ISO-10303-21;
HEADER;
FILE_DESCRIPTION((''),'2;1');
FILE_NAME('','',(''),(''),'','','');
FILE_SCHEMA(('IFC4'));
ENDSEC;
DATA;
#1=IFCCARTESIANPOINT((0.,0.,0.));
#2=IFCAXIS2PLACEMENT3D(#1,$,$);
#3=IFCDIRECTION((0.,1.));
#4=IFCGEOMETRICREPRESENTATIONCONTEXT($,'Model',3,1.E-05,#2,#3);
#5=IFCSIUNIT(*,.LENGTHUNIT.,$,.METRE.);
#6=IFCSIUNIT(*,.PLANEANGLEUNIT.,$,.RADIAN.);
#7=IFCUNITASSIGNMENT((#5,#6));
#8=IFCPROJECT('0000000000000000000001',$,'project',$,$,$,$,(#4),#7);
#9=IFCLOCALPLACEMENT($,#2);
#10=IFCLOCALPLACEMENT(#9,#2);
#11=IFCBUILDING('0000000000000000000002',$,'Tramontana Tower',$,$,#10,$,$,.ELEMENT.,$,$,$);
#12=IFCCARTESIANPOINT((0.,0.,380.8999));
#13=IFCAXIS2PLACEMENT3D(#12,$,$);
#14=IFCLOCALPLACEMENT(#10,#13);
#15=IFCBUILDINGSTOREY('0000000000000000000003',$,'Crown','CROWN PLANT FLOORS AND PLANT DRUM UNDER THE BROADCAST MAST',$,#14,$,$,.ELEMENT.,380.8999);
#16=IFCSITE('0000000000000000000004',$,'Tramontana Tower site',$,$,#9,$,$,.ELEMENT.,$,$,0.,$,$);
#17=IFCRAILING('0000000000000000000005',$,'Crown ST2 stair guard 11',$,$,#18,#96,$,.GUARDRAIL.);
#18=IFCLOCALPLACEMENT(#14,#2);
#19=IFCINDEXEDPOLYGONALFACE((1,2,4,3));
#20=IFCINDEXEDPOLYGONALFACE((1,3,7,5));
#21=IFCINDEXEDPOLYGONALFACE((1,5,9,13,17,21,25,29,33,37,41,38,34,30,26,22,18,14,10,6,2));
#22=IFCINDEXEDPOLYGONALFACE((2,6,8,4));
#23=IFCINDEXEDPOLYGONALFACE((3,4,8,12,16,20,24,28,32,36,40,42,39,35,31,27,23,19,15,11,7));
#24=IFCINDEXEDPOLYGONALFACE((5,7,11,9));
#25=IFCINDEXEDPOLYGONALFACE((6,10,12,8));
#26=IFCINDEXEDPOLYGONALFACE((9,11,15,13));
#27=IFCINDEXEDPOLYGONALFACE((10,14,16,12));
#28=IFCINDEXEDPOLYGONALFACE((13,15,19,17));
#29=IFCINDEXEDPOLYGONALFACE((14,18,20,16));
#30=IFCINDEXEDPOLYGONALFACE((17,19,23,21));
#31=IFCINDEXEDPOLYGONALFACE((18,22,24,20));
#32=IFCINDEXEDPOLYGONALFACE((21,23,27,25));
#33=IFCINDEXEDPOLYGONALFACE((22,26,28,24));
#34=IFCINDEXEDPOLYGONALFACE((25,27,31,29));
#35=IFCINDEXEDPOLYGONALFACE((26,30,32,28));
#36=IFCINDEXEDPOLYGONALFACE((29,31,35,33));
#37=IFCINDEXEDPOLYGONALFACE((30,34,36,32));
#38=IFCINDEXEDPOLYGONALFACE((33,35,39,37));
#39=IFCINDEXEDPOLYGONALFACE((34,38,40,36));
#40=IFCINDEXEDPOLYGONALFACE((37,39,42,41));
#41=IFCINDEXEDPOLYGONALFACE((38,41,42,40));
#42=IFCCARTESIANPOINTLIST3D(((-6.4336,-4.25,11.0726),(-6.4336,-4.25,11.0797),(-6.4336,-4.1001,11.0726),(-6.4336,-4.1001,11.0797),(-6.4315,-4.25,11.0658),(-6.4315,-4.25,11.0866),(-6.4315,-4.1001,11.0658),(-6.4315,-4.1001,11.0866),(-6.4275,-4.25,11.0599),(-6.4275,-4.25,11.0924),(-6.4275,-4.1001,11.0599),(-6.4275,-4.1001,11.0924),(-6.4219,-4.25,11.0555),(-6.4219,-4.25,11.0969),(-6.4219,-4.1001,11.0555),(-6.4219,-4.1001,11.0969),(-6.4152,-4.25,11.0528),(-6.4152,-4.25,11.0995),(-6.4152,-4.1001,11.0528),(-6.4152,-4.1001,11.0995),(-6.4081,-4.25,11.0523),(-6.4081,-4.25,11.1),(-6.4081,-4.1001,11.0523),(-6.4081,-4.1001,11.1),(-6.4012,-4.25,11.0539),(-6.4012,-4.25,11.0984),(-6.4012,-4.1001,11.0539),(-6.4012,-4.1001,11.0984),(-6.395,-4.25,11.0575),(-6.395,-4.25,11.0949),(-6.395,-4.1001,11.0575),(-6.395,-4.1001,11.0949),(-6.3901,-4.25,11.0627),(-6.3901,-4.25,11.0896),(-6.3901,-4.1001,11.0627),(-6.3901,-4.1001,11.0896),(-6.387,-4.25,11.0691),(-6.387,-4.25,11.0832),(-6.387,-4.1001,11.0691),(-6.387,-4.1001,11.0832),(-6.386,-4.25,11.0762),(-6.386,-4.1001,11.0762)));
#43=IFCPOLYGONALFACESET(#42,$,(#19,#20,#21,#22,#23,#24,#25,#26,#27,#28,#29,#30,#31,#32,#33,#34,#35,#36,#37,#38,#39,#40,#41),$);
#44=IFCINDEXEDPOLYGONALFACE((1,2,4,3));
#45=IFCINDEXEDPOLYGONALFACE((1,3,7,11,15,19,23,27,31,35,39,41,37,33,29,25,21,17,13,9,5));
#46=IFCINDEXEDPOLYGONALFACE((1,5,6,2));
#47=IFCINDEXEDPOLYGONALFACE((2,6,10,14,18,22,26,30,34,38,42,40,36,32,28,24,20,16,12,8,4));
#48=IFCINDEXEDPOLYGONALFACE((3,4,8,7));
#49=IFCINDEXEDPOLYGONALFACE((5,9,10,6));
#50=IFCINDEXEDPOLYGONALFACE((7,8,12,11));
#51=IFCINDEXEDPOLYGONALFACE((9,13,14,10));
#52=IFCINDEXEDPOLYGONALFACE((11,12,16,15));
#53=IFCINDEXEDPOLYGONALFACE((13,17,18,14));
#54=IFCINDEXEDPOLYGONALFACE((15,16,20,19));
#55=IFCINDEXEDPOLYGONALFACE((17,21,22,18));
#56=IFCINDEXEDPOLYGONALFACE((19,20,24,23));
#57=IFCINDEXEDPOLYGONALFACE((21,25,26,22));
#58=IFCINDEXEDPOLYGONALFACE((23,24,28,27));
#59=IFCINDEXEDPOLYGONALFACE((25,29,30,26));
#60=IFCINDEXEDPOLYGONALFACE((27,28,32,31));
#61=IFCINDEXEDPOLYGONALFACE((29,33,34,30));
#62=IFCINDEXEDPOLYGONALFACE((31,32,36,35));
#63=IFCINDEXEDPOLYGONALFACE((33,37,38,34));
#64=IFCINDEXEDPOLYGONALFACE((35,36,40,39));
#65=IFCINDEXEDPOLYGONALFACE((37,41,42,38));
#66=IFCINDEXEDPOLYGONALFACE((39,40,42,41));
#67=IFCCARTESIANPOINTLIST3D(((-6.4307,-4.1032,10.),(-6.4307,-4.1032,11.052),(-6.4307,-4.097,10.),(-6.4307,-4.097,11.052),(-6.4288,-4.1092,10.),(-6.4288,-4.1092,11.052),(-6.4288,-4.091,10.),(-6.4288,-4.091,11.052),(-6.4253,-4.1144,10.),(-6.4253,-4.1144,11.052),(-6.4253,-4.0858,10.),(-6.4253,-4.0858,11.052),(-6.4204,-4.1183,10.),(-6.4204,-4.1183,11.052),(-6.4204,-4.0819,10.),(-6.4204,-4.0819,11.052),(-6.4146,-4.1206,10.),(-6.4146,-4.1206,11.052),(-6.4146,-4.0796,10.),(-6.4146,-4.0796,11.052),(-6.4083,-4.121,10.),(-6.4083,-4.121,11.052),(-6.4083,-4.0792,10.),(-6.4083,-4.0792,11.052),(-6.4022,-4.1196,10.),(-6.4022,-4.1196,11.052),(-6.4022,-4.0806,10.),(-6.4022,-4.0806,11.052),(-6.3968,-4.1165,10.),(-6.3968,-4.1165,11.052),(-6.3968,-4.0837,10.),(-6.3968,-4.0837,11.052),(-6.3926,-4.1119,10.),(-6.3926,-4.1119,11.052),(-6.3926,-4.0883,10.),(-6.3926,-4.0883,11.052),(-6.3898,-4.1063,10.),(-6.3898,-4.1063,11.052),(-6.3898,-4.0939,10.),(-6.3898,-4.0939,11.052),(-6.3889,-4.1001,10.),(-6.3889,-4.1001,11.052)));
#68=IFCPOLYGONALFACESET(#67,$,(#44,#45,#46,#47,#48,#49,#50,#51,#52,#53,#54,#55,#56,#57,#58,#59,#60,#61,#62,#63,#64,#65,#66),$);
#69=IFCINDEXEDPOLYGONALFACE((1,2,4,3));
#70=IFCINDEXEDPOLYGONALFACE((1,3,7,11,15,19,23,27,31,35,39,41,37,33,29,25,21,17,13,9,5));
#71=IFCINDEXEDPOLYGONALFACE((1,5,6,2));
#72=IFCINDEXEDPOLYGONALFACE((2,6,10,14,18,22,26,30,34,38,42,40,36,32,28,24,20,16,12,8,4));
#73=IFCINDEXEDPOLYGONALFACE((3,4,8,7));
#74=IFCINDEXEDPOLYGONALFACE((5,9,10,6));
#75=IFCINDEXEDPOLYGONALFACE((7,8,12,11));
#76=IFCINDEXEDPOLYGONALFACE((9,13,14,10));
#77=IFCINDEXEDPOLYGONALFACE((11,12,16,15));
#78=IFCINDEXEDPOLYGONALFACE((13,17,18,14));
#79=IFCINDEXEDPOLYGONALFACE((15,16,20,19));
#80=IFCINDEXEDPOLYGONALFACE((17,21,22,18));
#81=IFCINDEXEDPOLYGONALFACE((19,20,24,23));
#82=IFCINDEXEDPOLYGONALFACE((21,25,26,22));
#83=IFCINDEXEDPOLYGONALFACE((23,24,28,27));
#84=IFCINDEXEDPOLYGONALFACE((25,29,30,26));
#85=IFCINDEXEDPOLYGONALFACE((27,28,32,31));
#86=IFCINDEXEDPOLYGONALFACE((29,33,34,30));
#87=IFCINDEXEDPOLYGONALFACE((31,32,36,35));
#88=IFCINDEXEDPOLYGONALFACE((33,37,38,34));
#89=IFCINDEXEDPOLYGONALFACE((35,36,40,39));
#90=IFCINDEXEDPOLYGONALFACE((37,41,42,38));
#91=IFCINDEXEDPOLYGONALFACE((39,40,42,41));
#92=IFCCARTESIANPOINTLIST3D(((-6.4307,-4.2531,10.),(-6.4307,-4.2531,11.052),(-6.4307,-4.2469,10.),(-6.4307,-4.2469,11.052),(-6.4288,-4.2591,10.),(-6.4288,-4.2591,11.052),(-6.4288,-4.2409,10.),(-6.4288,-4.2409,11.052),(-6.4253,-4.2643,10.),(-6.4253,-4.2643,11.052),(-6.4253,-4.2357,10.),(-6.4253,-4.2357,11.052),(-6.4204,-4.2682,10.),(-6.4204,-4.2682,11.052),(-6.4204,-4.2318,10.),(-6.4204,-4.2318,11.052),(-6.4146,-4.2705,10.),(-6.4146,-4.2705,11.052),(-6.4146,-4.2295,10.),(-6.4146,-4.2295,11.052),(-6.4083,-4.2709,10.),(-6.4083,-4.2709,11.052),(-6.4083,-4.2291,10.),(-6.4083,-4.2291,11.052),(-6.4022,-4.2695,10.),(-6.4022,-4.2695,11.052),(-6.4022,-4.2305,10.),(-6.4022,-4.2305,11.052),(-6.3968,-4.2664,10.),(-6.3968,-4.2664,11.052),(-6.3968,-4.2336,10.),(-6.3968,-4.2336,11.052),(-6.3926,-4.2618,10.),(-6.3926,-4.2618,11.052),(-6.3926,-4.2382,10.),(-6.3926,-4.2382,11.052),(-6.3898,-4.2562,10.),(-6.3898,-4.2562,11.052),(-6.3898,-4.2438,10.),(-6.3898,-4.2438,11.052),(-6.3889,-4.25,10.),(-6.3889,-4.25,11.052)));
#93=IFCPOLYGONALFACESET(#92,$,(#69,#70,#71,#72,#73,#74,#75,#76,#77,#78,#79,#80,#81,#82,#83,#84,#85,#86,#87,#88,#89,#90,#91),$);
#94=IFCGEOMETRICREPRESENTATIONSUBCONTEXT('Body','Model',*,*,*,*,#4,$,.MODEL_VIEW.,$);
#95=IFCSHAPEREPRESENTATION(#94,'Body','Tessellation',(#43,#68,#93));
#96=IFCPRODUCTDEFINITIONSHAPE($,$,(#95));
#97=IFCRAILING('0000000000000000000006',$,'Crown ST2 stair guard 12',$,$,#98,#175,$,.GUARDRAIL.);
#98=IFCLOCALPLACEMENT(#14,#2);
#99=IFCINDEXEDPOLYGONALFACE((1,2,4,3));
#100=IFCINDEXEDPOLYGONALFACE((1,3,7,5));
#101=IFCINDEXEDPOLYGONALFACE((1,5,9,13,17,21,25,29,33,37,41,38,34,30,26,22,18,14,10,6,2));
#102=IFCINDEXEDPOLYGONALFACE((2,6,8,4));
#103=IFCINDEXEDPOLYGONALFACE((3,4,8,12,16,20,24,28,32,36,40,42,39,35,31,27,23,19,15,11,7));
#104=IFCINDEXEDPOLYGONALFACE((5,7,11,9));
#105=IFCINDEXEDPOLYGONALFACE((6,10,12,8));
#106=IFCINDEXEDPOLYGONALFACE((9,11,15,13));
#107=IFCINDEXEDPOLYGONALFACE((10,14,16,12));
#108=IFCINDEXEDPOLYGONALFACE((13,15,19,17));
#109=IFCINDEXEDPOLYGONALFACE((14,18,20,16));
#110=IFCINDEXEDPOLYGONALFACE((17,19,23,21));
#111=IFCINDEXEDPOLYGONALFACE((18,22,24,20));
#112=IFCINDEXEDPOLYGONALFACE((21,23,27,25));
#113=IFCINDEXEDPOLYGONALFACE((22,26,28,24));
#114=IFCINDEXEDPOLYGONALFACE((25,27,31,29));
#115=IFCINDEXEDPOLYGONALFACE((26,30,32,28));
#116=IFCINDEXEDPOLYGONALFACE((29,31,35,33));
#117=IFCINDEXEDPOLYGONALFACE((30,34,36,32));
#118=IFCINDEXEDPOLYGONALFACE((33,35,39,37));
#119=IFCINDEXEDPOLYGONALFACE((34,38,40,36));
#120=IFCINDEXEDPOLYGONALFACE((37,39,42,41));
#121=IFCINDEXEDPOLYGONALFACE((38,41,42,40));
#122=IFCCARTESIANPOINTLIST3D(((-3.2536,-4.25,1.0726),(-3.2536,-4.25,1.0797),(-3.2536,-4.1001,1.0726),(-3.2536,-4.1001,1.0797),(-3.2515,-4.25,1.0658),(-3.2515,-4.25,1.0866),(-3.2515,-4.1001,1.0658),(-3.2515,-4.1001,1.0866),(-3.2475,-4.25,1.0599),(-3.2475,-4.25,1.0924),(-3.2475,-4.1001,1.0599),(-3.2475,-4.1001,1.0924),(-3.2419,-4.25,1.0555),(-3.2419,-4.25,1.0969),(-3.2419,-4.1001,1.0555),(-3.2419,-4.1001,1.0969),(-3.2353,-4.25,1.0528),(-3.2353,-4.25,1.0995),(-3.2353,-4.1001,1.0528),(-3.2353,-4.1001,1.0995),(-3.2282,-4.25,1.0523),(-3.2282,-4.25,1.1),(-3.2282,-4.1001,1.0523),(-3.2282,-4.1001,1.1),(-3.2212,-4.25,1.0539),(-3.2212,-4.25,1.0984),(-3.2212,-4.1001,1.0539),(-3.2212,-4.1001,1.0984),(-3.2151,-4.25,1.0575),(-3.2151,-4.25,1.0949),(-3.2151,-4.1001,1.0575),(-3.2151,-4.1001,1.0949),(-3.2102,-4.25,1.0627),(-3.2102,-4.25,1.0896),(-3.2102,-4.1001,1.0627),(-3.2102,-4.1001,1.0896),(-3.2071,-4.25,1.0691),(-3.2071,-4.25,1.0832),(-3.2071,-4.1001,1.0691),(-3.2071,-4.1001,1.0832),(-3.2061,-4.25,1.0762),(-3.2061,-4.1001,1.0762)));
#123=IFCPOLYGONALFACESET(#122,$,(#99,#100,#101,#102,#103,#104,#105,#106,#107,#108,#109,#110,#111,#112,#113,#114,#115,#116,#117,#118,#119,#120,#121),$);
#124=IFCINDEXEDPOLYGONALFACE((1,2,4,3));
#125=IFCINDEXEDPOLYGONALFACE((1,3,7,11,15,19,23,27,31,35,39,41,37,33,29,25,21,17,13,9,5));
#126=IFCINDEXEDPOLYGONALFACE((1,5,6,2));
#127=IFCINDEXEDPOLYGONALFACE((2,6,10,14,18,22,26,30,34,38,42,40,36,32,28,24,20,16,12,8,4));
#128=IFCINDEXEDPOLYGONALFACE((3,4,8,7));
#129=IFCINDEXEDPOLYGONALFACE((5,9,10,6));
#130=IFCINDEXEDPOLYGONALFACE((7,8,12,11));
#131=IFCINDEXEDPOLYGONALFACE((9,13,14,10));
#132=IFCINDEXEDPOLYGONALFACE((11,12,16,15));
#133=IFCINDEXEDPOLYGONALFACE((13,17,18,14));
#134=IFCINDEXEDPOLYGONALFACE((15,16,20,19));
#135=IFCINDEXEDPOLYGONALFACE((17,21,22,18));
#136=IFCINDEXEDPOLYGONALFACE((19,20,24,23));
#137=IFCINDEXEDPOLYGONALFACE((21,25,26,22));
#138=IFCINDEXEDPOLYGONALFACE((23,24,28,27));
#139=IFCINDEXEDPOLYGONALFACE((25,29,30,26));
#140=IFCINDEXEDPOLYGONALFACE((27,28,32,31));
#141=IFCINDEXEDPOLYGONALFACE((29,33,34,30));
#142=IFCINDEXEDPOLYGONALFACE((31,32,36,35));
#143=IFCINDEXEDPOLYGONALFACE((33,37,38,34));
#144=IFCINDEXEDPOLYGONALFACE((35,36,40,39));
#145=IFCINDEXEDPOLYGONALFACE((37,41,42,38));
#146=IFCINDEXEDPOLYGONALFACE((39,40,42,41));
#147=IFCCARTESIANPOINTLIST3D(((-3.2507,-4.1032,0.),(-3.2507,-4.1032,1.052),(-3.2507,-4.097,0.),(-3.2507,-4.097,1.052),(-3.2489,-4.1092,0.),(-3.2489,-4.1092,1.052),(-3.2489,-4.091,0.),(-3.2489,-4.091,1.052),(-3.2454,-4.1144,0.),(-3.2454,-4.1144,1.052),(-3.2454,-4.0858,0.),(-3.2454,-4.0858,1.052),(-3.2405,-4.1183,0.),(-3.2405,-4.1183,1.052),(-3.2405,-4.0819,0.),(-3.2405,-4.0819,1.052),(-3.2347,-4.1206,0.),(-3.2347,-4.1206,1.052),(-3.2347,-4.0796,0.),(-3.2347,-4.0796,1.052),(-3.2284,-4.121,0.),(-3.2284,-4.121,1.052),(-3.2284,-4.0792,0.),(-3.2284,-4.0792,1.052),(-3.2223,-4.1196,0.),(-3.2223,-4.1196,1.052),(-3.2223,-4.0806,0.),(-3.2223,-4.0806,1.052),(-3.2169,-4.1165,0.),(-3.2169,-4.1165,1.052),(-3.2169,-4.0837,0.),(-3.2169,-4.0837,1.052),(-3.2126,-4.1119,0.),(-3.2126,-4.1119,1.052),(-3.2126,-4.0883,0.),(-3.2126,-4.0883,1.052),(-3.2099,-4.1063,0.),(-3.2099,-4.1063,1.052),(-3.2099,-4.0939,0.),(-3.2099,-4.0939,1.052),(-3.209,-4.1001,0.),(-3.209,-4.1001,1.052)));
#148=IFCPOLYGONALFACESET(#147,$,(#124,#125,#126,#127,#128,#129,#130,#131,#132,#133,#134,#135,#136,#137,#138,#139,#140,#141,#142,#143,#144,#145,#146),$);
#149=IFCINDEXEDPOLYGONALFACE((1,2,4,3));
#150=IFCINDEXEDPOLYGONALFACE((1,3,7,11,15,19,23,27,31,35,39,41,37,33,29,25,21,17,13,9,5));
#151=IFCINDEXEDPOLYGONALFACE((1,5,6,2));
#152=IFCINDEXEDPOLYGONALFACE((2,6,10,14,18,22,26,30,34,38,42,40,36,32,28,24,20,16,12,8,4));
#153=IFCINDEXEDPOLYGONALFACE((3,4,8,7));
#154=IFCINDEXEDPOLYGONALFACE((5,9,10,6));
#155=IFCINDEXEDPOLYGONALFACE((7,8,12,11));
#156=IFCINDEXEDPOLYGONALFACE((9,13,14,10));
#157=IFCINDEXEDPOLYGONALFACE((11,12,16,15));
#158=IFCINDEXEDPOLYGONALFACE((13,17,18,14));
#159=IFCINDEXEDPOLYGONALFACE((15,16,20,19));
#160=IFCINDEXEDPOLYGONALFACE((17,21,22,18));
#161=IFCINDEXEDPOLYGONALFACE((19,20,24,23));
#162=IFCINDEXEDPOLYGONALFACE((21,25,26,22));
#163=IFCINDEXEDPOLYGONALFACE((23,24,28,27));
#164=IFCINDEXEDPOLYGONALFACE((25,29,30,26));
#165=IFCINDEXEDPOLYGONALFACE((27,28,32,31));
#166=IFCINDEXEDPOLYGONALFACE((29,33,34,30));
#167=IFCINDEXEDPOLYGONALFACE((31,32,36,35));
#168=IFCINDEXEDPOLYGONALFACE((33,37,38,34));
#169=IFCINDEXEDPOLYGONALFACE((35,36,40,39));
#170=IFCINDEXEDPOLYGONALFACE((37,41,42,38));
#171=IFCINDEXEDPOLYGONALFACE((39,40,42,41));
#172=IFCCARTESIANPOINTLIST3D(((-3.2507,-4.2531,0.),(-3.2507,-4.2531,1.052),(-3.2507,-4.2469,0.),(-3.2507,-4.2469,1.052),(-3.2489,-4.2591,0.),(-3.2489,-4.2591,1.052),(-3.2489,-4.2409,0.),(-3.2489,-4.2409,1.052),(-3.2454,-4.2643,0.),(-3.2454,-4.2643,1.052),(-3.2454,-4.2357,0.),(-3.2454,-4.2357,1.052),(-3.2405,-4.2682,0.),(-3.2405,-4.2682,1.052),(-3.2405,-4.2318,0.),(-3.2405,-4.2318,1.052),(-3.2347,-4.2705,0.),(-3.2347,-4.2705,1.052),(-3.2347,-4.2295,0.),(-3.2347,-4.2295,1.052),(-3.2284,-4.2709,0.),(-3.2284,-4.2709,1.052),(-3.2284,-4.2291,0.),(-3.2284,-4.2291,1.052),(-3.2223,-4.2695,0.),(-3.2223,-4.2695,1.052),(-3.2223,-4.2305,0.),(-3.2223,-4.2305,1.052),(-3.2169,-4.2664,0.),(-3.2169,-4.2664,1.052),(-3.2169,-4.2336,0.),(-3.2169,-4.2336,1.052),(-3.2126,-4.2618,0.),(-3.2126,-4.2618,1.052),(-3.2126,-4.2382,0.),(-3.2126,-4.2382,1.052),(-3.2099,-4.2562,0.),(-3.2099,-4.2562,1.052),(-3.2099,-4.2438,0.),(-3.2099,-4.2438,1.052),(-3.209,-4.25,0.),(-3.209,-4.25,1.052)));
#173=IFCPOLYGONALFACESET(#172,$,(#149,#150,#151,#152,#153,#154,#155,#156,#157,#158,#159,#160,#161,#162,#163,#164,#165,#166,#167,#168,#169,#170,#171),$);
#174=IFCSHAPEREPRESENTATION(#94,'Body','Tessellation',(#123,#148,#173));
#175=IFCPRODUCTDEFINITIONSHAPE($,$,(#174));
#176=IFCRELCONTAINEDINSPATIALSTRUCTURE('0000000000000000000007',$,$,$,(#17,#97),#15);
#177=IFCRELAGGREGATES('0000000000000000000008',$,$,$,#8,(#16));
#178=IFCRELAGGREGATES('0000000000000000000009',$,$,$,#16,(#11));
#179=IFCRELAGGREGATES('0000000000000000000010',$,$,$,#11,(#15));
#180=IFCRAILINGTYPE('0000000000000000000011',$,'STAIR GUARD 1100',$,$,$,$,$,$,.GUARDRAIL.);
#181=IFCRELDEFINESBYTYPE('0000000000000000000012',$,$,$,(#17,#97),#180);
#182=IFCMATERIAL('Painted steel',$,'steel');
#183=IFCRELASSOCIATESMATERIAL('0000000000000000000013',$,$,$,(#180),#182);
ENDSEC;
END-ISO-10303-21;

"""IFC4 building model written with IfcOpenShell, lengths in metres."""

from ifc_helpers import new_model, si_unit, direction, frame, origin, origin_2d, place, context, subcontext, project, spatial, circle, extrude, material, type_object, element, save


model = new_model("IFC4")

# Units and contexts
model_context = context("Model", 3, precision=1e-05, world=origin(), true_north=direction((0.0, 1.0)))
body_context = subcontext(model_context, "Body", "Model", "MODEL_VIEW")
ifc_project = project(units=[si_unit("LENGTHUNIT", "METRE"), si_unit("PLANEANGLEUNIT", "RADIAN")], contexts=[model_context])

# Site, building, storey
site_placement = place(None, origin())
site = spatial("IfcSite", under=ifc_project, at=site_placement, Name="Tramontana Tower site", CompositionType="ELEMENT", RefElevation=0.0)
building_placement = place(site_placement, origin())
building = spatial("IfcBuilding", under=site, at=building_placement, Name="Tramontana Tower", CompositionType="ELEMENT")
storey_placement = place(building_placement, frame((0.0, 0.0, 380.8999)))
storey = spatial("IfcBuildingStorey", under=building, at=storey_placement, Name="Crown", Description="CROWN PLANT FLOORS AND PLANT DRUM UNDER THE BROADCAST MAST", CompositionType="ELEMENT", Elevation=380.8999)

# Railings
ifc_material_1 = material(Name="Painted steel", Category="steel")
railing_type_1 = type_object("IfcRailingType", Name="STAIR GUARD 1100", PredefinedType="GUARDRAIL", material=ifc_material_1)
for number, where, name in (
    (1, (-6.4099, -4.1001, 10.0), "Crown ST2 stair guard 11"),
    (2, (-3.23, -4.1001, 0.0), "Crown ST2 stair guard 12"),
):
    element("IfcRailing", number, at=place(storey_placement, frame(where)), inside=storey, type_object=railing_type_1, Name=name, PredefinedType="GUARDRAIL", context=body_context, shape_type="SweptSolid", body=[
        extrude(circle(Radius=0.0239, at=origin_2d()), frame((0.0, 0.0, 1.0762), z_axis=(0.0, -1.0, 0.0), x_axis=(1.0, 0.0, 0.0)), (0.0, 0.0, 1.0), 0.1499),
        extrude(circle(Radius=0.021, at=origin_2d()), origin(), (0.0, 0.0, 1.0), 1.052),
        extrude(circle(Radius=0.021, at=origin_2d()), frame((0.0, -0.1499, 0.0)), (0.0, 0.0, 1.0), 1.052),
    ])

save(model, "model.ifc")
